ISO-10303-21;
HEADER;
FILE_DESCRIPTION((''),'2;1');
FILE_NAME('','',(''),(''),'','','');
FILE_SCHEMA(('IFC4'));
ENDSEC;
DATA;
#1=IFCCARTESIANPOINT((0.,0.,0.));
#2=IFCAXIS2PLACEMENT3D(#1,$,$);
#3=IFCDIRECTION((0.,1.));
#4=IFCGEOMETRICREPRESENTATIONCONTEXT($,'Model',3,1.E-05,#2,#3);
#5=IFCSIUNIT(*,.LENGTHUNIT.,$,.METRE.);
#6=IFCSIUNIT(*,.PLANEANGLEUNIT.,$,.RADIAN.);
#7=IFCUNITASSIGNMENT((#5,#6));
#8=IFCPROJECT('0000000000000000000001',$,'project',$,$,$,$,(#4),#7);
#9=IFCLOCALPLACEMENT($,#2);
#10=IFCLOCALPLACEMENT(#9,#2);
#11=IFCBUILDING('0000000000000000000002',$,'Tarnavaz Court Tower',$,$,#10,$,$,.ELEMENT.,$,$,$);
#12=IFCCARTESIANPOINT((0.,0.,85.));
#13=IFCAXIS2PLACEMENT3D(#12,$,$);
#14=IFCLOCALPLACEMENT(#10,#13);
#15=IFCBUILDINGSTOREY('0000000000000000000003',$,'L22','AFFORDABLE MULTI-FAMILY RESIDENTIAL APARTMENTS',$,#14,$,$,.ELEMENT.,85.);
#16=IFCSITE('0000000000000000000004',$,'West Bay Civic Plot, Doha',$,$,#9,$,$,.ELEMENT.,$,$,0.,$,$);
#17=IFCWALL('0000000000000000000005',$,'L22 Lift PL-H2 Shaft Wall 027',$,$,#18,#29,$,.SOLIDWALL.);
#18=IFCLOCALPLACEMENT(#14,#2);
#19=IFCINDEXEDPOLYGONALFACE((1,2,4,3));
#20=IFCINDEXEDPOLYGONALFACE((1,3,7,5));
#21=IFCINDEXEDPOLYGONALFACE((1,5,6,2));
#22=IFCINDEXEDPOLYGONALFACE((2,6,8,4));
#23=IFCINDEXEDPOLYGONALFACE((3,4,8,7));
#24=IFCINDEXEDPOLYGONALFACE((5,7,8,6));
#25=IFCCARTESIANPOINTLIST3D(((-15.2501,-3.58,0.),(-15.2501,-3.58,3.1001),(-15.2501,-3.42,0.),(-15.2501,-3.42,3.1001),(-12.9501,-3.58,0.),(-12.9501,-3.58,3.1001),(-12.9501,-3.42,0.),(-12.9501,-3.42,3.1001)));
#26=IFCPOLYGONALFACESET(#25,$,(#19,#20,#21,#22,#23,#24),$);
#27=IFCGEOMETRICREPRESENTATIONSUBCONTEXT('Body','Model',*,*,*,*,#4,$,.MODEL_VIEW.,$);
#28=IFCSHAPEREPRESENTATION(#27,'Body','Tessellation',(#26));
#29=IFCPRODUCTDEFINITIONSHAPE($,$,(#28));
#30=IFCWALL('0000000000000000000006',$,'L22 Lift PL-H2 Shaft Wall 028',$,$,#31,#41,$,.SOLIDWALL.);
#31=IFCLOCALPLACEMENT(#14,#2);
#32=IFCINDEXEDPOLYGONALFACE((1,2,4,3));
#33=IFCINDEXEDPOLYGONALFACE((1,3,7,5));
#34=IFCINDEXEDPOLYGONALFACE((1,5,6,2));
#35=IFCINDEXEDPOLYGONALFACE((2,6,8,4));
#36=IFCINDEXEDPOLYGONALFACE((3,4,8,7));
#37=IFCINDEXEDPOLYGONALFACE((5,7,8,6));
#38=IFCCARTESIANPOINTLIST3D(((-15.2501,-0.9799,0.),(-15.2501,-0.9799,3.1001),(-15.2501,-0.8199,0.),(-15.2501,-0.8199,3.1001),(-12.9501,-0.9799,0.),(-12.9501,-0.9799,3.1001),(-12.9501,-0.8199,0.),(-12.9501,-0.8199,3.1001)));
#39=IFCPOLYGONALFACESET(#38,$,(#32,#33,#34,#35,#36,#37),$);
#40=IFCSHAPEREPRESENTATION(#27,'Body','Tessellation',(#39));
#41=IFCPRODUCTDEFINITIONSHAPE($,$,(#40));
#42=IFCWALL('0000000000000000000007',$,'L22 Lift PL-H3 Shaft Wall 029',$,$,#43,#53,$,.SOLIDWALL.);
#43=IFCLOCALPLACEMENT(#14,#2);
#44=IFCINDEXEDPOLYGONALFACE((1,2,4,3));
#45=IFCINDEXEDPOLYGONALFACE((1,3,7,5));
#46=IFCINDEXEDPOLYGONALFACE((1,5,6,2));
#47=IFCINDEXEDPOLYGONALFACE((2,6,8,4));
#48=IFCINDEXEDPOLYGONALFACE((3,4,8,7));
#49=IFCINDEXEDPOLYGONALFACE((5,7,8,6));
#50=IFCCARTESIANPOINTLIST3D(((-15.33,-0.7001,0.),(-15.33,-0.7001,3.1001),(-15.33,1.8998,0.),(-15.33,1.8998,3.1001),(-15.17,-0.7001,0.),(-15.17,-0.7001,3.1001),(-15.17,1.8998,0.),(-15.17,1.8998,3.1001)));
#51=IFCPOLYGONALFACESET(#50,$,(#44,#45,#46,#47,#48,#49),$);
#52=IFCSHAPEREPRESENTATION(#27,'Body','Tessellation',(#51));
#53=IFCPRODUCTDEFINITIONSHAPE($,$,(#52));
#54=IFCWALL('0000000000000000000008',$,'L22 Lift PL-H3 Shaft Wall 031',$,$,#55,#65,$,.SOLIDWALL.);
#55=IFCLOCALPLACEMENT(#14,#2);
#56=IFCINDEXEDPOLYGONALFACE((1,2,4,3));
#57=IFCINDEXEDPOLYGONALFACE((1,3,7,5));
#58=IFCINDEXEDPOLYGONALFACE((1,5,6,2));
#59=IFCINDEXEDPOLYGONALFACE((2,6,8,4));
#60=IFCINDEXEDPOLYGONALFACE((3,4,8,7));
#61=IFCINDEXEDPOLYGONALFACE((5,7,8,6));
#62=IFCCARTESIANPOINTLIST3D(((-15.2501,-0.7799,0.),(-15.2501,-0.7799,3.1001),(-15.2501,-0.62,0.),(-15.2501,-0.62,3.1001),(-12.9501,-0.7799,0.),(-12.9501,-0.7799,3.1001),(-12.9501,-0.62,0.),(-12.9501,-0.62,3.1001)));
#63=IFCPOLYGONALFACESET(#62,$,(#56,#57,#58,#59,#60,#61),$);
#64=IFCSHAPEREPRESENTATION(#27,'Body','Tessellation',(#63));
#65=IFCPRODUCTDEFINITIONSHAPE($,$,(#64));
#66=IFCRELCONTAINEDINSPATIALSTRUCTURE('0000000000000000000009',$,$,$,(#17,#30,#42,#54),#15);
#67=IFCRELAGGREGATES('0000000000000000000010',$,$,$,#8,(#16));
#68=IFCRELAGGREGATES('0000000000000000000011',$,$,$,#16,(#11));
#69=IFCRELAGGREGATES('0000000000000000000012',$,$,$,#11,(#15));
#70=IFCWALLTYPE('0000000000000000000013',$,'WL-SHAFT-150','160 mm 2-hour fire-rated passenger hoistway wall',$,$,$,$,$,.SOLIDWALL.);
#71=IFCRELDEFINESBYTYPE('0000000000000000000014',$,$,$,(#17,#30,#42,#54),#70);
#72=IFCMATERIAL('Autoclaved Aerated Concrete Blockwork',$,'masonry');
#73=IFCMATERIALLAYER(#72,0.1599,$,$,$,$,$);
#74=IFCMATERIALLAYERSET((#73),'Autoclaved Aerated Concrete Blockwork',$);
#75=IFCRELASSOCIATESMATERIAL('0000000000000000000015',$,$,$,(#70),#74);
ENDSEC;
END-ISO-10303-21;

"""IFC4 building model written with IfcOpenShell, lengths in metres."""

from ifc_helpers import new_model, si_unit, direction, frame, frame_2d, origin, place, context, subcontext, project, spatial, rectangle, extrude, material, layer, layer_set, type_object, element, save


model = new_model("IFC4")

# Units and contexts
model_context = context("Model", 3, precision=1e-05, world=origin(), true_north=direction((0.0, 1.0)))
body_context = subcontext(model_context, "Body", "Model", "MODEL_VIEW")
ifc_project = project(units=[si_unit("LENGTHUNIT", "METRE"), si_unit("PLANEANGLEUNIT", "RADIAN")], contexts=[model_context])

# Site, building, storey
site_placement = place(None, origin())
site = spatial("IfcSite", under=ifc_project, at=site_placement, Name="West Bay Civic Plot, Doha", CompositionType="ELEMENT", RefElevation=0.0)
building_placement = place(site_placement, origin())
building = spatial("IfcBuilding", under=site, at=building_placement, Name="Tarnavaz Court Tower", CompositionType="ELEMENT")
storey_placement = place(building_placement, frame((0.0, 0.0, 85.0)))
storey = spatial("IfcBuildingStorey", under=building, at=storey_placement, Name="L22", Description="AFFORDABLE MULTI-FAMILY RESIDENTIAL APARTMENTS", CompositionType="ELEMENT", Elevation=85.0)

# Walls
ifc_material_1 = material(Name="Autoclaved Aerated Concrete Blockwork", Category="masonry")
ifc_layer_1 = layer(ifc_material_1, 0.1599)
ifc_layer_set_1 = layer_set([ifc_layer_1], Name="Autoclaved Aerated Concrete Blockwork")
wall_type_1 = type_object("IfcWallType", Name="WL-SHAFT-150", Description="160 mm 2-hour fire-rated passenger hoistway wall", PredefinedType="SOLIDWALL", material=ifc_layer_set_1)
for number, where, z_axis, x_axis, name in (
    (1, (-15.25, -3.5, 0.0), (0.0, 0.0, 1.0), (1.0, 0.0, 0.0), "L22 Lift PL-H2 Shaft Wall 027"),
    (2, (-15.25, -0.8999, 0.0), (0.0, 0.0, 1.0), (1.0, 0.0, 0.0), "L22 Lift PL-H2 Shaft Wall 028"),
):
    element("IfcWall", number, at=place(storey_placement, frame(where, z_axis=z_axis, x_axis=x_axis)), inside=storey, type_object=wall_type_1, Name=name, PredefinedType="SOLIDWALL", context=body_context, shape_type="SweptSolid", body=[
        extrude(rectangle(XDim=2.3, YDim=0.1599, at=frame_2d((1.1499, 0.0))), origin(), (0.0, 0.0, 1.0), 3.1001),
    ])
wall_1_placement = place(storey_placement, frame((-15.25, -0.7, 0.0), z_axis=(0.0, 0.0, 1.0), x_axis=(0.0, 1.0, 0.0)))
element("IfcWall", 3, at=wall_1_placement, inside=storey, type_object=wall_type_1, Name="L22 Lift PL-H3 Shaft Wall 029", PredefinedType="SOLIDWALL", context=body_context, shape_type="SweptSolid", body=[
    extrude(rectangle(XDim=2.5999, YDim=0.1599, at=frame_2d((1.2998, 0.0))), origin(), (0.0, 0.0, 1.0), 3.1001),
])
wall_2_placement = place(storey_placement, frame((-15.25, -0.7, 0.0), z_axis=(0.0, 0.0, 1.0), x_axis=(1.0, 0.0, 0.0)))
element("IfcWall", 4, at=wall_2_placement, inside=storey, type_object=wall_type_1, Name="L22 Lift PL-H3 Shaft Wall 031", PredefinedType="SOLIDWALL", context=body_context, shape_type="SweptSolid", body=[
    extrude(rectangle(XDim=2.3, YDim=0.1599, at=frame_2d((1.1499, 0.0))), origin(), (0.0, 0.0, 1.0), 3.1001),
])

save(model, "model.ifc")
